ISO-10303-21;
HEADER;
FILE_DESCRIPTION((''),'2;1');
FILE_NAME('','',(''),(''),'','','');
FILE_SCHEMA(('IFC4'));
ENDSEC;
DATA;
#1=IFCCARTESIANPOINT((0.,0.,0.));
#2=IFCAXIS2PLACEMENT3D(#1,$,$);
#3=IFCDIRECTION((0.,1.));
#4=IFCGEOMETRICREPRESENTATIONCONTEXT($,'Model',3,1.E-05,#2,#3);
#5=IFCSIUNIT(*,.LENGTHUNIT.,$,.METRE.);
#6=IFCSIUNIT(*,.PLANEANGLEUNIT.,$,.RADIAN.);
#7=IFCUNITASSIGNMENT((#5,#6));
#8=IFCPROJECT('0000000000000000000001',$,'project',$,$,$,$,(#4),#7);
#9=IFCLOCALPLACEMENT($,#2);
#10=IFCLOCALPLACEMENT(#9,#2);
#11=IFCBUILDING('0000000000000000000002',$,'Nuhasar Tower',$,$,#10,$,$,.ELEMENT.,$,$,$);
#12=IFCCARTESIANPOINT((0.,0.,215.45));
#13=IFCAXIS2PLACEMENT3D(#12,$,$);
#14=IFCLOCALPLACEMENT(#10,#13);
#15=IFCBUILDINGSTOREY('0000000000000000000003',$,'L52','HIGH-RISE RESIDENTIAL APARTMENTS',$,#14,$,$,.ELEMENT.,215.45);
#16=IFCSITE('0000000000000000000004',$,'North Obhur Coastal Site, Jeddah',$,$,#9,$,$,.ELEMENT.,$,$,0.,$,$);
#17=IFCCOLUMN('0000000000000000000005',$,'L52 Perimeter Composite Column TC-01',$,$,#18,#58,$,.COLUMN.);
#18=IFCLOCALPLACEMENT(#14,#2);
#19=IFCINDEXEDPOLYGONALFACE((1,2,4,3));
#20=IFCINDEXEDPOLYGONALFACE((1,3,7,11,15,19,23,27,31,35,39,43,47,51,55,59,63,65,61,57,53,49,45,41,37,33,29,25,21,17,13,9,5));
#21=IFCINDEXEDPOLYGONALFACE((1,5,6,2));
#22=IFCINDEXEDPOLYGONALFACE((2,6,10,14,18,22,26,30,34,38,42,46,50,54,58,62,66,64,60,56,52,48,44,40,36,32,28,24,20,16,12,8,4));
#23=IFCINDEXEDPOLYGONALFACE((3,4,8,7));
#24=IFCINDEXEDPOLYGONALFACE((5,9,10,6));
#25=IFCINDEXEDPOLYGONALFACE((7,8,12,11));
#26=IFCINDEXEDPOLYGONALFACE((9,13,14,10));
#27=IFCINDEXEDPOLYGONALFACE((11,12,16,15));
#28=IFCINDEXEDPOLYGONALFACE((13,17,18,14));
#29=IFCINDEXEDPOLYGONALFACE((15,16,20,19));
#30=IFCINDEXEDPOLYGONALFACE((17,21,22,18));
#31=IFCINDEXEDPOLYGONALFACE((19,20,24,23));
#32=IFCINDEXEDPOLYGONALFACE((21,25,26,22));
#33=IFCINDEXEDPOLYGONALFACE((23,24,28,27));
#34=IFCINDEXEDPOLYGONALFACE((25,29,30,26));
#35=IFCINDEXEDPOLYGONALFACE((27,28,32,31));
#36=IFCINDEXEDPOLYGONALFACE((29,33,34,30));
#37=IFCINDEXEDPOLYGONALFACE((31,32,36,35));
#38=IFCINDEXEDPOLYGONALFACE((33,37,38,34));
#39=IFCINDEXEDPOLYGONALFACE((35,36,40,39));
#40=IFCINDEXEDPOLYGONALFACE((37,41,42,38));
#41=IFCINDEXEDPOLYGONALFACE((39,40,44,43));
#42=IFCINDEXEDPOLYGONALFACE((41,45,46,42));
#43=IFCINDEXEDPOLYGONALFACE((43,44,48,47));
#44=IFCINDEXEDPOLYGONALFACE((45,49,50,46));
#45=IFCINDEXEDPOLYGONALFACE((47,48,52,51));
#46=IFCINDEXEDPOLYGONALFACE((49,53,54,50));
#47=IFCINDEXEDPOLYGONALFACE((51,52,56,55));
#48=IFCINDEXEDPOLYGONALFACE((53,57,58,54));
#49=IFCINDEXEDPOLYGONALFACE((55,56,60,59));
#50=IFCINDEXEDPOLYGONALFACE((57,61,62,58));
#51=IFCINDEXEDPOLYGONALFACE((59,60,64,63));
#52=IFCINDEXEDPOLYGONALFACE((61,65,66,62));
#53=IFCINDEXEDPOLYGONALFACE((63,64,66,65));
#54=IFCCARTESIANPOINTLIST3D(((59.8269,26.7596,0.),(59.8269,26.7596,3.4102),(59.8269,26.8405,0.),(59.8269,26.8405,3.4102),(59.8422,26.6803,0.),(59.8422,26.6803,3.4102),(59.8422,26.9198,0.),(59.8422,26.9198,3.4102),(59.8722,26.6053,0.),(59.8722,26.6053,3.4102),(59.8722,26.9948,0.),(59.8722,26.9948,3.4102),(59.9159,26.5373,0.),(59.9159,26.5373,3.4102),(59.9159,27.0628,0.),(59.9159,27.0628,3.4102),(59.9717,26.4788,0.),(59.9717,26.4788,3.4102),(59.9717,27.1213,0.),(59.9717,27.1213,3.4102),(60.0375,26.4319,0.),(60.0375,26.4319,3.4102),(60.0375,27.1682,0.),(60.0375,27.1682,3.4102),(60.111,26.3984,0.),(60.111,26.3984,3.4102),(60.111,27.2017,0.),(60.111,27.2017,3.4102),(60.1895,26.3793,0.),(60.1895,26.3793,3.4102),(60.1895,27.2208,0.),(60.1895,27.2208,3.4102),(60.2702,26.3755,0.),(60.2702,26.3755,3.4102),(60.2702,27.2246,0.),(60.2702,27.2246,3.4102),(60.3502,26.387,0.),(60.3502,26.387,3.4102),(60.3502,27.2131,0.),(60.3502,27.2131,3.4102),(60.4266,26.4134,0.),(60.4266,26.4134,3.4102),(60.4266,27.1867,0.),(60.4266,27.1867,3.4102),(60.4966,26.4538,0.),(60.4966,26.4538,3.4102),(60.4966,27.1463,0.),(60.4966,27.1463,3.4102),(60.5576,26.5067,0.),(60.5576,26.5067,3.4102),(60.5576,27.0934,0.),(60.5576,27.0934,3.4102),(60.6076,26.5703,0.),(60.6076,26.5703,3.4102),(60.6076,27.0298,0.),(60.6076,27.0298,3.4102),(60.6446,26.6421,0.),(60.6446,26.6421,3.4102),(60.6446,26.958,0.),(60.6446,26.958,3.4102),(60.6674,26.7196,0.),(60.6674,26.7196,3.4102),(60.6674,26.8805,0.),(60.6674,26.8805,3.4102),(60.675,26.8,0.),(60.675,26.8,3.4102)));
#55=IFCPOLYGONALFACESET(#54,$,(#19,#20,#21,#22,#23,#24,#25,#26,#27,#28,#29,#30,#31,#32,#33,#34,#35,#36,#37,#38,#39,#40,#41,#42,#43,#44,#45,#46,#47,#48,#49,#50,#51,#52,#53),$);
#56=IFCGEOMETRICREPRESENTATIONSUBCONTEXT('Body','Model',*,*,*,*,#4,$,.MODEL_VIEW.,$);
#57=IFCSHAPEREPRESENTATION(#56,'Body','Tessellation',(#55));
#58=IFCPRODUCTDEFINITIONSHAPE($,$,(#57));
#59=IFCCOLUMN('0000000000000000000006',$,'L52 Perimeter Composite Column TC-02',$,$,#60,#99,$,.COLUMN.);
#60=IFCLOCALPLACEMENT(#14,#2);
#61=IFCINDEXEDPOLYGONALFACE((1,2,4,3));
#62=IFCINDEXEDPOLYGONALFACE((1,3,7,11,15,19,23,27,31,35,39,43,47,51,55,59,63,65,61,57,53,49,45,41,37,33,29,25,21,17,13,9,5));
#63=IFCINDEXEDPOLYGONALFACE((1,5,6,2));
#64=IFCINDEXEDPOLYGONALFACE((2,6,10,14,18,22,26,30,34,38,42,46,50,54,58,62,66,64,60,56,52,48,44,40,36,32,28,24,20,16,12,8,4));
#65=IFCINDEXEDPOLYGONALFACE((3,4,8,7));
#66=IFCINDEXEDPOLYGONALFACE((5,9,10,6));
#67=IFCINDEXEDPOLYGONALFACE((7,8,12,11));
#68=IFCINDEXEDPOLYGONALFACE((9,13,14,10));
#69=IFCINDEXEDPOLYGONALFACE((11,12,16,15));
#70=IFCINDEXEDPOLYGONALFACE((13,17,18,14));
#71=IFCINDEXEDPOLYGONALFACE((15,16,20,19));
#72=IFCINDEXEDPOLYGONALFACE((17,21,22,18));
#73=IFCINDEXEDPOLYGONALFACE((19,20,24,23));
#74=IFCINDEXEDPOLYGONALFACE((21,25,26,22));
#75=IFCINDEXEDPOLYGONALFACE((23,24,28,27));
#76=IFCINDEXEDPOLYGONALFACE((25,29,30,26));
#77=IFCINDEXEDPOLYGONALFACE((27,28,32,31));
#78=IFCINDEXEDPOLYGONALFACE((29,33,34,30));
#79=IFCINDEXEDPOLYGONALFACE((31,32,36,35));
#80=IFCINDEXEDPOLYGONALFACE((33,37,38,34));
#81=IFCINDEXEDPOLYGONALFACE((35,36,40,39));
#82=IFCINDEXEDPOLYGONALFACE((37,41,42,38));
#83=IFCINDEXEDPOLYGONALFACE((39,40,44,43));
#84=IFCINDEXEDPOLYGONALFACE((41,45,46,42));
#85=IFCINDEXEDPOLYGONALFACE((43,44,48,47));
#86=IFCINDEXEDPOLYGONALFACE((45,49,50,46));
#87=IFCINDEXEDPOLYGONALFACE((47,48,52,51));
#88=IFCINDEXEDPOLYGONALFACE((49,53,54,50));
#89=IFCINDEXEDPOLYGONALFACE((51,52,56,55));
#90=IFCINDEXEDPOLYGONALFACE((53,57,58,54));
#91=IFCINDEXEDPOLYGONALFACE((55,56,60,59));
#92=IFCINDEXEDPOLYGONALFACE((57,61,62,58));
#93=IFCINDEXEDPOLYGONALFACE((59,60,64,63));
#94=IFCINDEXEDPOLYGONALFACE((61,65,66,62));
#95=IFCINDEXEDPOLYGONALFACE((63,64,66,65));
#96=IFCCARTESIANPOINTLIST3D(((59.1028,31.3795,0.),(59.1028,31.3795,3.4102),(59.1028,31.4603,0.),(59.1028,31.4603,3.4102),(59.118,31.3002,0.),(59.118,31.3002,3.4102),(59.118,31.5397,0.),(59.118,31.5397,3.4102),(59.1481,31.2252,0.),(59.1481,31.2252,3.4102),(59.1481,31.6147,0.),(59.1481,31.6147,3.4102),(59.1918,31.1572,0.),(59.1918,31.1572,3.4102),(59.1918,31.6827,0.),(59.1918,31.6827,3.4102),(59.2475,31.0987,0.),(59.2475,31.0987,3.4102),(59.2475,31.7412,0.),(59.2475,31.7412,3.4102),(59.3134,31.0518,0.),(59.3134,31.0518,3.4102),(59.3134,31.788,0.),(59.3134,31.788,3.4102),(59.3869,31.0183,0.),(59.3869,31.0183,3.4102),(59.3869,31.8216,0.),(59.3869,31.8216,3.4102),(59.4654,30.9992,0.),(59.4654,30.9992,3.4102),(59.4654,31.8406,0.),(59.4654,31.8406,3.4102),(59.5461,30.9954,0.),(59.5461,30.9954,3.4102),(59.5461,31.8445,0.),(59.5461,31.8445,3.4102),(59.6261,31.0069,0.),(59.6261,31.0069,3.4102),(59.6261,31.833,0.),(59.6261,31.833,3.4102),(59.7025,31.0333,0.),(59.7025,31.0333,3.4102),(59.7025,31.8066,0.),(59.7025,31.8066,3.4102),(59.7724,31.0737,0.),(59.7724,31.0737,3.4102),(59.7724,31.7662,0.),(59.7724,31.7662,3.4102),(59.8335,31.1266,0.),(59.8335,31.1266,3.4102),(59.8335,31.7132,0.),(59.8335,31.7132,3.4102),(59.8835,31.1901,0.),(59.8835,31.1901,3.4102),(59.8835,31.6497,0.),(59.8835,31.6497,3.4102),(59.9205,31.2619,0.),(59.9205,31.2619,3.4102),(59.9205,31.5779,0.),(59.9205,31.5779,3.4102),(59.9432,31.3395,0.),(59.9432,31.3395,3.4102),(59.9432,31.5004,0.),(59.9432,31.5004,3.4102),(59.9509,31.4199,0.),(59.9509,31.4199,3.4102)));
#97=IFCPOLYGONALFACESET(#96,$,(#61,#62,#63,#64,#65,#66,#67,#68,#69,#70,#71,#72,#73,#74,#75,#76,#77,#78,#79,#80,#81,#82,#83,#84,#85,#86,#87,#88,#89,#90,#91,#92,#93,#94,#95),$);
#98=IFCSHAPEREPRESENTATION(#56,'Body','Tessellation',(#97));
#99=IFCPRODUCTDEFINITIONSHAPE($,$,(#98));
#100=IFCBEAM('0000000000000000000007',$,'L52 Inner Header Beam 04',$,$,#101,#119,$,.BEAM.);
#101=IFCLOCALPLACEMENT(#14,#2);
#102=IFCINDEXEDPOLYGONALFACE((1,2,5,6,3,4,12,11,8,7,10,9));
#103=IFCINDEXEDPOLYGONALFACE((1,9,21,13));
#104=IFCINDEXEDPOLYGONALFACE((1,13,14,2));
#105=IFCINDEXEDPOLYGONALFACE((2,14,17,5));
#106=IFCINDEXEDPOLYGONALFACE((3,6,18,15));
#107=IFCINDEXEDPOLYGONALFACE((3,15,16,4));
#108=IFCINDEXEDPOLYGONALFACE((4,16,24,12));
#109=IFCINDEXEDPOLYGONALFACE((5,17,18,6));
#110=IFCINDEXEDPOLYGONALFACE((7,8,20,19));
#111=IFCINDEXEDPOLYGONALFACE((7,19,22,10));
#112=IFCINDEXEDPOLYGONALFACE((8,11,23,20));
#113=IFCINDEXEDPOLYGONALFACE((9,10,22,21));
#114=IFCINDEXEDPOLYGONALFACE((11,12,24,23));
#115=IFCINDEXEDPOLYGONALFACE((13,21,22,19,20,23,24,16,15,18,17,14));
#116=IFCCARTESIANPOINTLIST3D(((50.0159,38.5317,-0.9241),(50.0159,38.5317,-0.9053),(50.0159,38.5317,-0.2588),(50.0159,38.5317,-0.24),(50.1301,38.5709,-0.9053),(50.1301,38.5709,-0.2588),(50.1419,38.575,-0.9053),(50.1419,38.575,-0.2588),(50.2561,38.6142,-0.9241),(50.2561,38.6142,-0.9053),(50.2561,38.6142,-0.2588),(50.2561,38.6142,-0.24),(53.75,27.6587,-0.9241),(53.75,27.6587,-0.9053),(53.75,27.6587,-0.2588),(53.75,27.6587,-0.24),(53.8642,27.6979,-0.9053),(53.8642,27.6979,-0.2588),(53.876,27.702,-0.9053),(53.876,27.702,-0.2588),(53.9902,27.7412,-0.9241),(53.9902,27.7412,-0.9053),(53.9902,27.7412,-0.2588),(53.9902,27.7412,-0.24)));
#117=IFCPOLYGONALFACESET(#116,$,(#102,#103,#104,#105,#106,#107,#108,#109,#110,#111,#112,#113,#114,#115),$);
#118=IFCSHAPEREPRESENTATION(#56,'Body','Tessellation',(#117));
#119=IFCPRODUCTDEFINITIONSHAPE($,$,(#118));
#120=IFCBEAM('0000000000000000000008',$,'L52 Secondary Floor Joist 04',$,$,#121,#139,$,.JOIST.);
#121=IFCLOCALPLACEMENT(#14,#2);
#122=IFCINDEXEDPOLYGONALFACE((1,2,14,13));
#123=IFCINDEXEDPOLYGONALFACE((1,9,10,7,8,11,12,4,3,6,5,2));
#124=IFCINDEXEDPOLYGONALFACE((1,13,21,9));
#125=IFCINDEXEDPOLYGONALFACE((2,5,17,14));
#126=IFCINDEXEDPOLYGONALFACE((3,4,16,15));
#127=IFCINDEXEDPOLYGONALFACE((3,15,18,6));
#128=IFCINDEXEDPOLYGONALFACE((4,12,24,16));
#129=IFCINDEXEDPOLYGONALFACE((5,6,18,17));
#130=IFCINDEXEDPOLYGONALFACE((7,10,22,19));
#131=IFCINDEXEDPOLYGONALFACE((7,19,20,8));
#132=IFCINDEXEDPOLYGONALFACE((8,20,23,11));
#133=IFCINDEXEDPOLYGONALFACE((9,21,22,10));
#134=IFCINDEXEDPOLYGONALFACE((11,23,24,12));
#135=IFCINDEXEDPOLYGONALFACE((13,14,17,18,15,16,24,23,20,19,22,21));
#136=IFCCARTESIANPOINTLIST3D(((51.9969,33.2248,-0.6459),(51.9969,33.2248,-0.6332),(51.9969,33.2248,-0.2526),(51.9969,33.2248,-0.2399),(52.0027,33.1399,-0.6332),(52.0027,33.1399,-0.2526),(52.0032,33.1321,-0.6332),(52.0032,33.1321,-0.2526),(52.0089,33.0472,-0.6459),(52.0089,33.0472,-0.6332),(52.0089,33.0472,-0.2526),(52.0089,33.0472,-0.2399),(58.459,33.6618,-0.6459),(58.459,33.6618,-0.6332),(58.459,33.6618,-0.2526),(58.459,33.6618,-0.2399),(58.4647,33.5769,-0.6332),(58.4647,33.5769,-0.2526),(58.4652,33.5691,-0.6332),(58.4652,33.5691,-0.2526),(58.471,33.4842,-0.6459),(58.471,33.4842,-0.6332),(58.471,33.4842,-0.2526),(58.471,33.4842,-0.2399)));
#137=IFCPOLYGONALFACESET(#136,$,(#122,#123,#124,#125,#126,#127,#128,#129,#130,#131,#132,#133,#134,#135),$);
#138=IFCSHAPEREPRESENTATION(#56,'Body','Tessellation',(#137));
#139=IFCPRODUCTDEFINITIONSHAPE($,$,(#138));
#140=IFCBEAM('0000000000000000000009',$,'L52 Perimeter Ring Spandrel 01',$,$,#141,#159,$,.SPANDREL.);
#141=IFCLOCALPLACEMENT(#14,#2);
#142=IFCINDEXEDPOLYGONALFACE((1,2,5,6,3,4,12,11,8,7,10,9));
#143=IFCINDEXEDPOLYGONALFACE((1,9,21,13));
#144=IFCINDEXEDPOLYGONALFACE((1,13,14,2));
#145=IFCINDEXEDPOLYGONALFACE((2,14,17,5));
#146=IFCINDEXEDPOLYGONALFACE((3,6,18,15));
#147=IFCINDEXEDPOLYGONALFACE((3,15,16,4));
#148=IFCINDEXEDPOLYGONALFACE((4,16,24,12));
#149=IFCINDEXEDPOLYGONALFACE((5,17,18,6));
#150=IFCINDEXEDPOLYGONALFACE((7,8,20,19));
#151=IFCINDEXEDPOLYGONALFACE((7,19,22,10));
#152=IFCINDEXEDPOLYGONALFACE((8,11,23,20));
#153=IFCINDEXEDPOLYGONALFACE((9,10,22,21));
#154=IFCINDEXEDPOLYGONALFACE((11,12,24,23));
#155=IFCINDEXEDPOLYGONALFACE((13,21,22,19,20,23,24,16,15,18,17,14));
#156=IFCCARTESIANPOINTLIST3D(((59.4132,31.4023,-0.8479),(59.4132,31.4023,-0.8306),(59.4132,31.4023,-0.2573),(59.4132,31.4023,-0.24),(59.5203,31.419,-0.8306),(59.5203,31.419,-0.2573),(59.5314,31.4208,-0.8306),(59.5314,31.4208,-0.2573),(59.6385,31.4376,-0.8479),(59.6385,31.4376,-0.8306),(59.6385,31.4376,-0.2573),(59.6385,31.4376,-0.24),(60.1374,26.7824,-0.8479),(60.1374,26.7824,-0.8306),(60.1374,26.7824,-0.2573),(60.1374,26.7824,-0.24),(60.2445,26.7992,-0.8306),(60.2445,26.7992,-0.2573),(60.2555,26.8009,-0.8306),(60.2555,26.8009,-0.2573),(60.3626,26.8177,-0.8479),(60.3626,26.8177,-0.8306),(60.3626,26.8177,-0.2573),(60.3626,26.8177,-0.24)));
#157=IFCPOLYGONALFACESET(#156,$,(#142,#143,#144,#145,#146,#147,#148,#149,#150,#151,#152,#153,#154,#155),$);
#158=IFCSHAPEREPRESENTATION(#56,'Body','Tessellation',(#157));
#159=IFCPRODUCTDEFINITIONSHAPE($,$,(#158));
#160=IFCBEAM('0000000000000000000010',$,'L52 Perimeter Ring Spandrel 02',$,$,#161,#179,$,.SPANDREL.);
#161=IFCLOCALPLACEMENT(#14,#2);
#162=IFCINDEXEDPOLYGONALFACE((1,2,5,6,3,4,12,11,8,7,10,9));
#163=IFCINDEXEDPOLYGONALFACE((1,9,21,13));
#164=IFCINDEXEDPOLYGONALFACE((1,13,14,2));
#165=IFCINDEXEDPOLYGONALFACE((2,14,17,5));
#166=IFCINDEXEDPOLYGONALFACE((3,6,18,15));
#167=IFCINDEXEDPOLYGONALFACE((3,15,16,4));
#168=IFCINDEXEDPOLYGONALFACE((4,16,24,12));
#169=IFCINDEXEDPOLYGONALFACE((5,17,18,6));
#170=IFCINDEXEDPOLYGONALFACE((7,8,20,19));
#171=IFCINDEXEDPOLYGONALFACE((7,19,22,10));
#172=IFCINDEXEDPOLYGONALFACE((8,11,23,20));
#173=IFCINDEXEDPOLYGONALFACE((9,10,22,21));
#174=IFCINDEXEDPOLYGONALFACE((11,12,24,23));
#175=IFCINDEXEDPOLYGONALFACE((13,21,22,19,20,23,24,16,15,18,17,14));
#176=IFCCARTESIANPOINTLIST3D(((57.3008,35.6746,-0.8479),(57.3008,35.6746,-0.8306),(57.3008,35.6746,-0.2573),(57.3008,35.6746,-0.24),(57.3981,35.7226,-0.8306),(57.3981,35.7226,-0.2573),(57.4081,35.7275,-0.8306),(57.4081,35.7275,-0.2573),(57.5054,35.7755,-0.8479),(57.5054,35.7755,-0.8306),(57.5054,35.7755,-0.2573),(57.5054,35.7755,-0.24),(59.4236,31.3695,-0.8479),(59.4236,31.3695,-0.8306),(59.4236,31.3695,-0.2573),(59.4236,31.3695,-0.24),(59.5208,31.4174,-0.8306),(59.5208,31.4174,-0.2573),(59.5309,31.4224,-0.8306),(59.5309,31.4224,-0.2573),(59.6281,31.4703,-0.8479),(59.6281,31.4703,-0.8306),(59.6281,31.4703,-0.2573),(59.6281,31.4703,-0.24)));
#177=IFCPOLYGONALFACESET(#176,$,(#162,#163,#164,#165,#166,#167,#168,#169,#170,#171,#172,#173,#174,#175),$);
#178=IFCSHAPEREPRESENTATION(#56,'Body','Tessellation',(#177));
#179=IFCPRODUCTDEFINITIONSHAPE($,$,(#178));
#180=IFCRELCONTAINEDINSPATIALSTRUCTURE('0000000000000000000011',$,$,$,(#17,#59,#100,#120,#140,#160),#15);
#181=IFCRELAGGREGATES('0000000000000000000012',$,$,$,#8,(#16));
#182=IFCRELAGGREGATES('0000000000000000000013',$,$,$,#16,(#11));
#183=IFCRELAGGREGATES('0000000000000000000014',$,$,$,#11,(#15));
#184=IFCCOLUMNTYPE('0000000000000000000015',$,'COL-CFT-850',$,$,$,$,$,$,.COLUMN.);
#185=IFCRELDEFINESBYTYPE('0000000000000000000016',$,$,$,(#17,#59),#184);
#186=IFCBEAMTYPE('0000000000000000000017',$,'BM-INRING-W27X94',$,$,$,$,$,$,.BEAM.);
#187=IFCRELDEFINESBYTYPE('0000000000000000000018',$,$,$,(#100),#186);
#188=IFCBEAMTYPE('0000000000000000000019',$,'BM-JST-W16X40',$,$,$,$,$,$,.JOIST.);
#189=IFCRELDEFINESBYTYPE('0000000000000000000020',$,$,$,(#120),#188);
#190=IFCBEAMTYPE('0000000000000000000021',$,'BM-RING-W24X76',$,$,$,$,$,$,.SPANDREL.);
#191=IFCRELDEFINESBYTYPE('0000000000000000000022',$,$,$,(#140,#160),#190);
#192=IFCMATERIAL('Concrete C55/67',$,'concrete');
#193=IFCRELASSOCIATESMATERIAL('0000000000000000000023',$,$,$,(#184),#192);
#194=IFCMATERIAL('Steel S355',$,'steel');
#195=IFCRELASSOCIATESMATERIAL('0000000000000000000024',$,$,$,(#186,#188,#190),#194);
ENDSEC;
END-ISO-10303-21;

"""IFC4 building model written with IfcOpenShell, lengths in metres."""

from ifc_helpers import new_model, si_unit, direction, frame, origin, origin_2d, place, context, subcontext, project, spatial, circle, i_section, extrude, material, material_profile, profile_set, type_object, element, save


model = new_model("IFC4")

# Units and contexts
model_context = context("Model", 3, precision=1e-05, world=origin(), true_north=direction((0.0, 1.0)))
body_context = subcontext(model_context, "Body", "Model", "MODEL_VIEW")
ifc_project = project(units=[si_unit("LENGTHUNIT", "METRE"), si_unit("PLANEANGLEUNIT", "RADIAN")], contexts=[model_context])

# Site, building, storey
site_placement = place(None, origin())
site = spatial("IfcSite", under=ifc_project, at=site_placement, Name="North Obhur Coastal Site, Jeddah", CompositionType="ELEMENT", RefElevation=0.0)
building_placement = place(site_placement, origin())
building = spatial("IfcBuilding", under=site, at=building_placement, Name="Nuhasar Tower", CompositionType="ELEMENT")
storey_placement = place(building_placement, frame((0.0, 0.0, 215.45)))
storey = spatial("IfcBuildingStorey", under=building, at=storey_placement, Name="L52", Description="HIGH-RISE RESIDENTIAL APARTMENTS", CompositionType="ELEMENT", Elevation=215.45)

# Columns
ifc_material_1 = material(Name="Concrete C55/67", Category="concrete")
ifc_material_profile_1 = material_profile(ifc_material_1, circle(Radius=0.425, at=origin_2d()), Name="CFT850")
ifc_profile_set_1 = profile_set([ifc_material_profile_1], Name="Concrete C55/67")
column_type = type_object("IfcColumnType", Name="COL-CFT-850", PredefinedType="COLUMN", material=ifc_profile_set_1)
for number, where, z_axis, x_axis, name in (
    (1, (60.25, 26.8, 0.0), (0.0, 0.0, 1.0), (1.0, 0.0, 0.0), "L52 Perimeter Composite Column TC-01"),
    (2, (59.5259, 31.4199, 0.0), (0.0, 0.0, 1.0), (1.0, 0.0, 0.0), "L52 Perimeter Composite Column TC-02"),
):
    element("IfcColumn", number, at=place(storey_placement, frame(where, z_axis=z_axis, x_axis=x_axis)), inside=storey, type_object=column_type, Name=name, PredefinedType="COLUMN", context=body_context, shape_type="SweptSolid", body=[
        extrude(circle(Radius=0.425, at=origin_2d()), origin(), (0.0, 0.0, 1.0), 3.4102),
    ])

# Beams
ifc_material_2 = material(Name="Steel S355", Category="steel")
ifc_material_profile_2 = material_profile(ifc_material_2, i_section(OverallWidth=0.2539, OverallDepth=0.6841, WebThickness=0.0125, FlangeThickness=0.0188, at=origin_2d()), Name="W27X94")
ifc_profile_set_2 = profile_set([ifc_material_profile_2], Name="Steel S355")
beam_type_1 = type_object("IfcBeamType", Name="BM-INRING-W27X94", PredefinedType="BEAM", material=ifc_profile_set_2)
beam_1_placement = place(storey_placement, frame((53.8701, 27.7, -0.582), z_axis=(-0.324809, 0.94578, 0.0), x_axis=(-0.94578, -0.324809, 0.0)))
element("IfcBeam", 3, at=beam_1_placement, inside=storey, type_object=beam_type_1, Name="L52 Inner Header Beam 04", PredefinedType="BEAM", context=body_context, shape_type="SweptSolid", body=[
    extrude(i_section(OverallWidth=0.2539, OverallDepth=0.6841, WebThickness=0.0125, FlangeThickness=0.0188, at=origin_2d()), origin(), (0.0, 0.0, 1.0), 11.4963),
])
ifc_material_profile_3 = material_profile(ifc_material_2, i_section(OverallWidth=0.178, OverallDepth=0.406, WebThickness=0.0078, FlangeThickness=0.0127, at=origin_2d()), Name="W16X40")
ifc_profile_set_3 = profile_set([ifc_material_profile_3], Name="Steel S355")
beam_type_2 = type_object("IfcBeamType", Name="BM-JST-W16X40", PredefinedType="JOIST", material=ifc_profile_set_3)
beam_2_placement = place(storey_placement, frame((52.0029, 33.136, -0.4429), z_axis=(0.997721, 0.067472, 0.0), x_axis=(-0.067472, 0.997721, 0.0)))
element("IfcBeam", 4, at=beam_2_placement, inside=storey, type_object=beam_type_2, Name="L52 Secondary Floor Joist 04", PredefinedType="JOIST", context=body_context, shape_type="SweptSolid", body=[
    extrude(i_section(OverallWidth=0.178, OverallDepth=0.406, WebThickness=0.0078, FlangeThickness=0.0127, at=origin_2d()), origin(), (0.0, 0.0, 1.0), 6.4768),
])
ifc_material_profile_4 = material_profile(ifc_material_2, i_section(OverallWidth=0.228, OverallDepth=0.6079, WebThickness=0.0112, FlangeThickness=0.0173, at=origin_2d()), Name="W24X76")
ifc_profile_set_4 = profile_set([ifc_material_profile_4], Name="Steel S355")
beam_type_3 = type_object("IfcBeamType", Name="BM-RING-W24X76", PredefinedType="SPANDREL", material=ifc_profile_set_4)
beam_3_placement = place(storey_placement, frame((60.25, 26.8, -0.5439), z_axis=(-0.15485, 0.987938, 0.0), x_axis=(-0.987938, -0.15485, 0.0)))
element("IfcBeam", 5, at=beam_3_placement, inside=storey, type_object=beam_type_3, Name="L52 Perimeter Ring Spandrel 01", PredefinedType="SPANDREL", context=body_context, shape_type="SweptSolid", body=[
    extrude(i_section(OverallWidth=0.228, OverallDepth=0.6079, WebThickness=0.0112, FlangeThickness=0.0173, at=origin_2d()), origin(), (0.0, 0.0, 1.0), 4.6763),
])
beam_4_placement = place(storey_placement, frame((59.5259, 31.4199, -0.5439), z_axis=(-0.442243, 0.896895, 0.0), x_axis=(-0.896895, -0.442243, 0.0)))
element("IfcBeam", 6, at=beam_4_placement, inside=storey, type_object=beam_type_3, Name="L52 Perimeter Ring Spandrel 02", PredefinedType="SPANDREL", context=body_context, shape_type="SweptSolid", body=[
    extrude(i_section(OverallWidth=0.228, OverallDepth=0.6079, WebThickness=0.0112, FlangeThickness=0.0173, at=origin_2d()), origin(), (0.0, 0.0, 1.0), 4.8),
])

save(model, "model.ifc")
